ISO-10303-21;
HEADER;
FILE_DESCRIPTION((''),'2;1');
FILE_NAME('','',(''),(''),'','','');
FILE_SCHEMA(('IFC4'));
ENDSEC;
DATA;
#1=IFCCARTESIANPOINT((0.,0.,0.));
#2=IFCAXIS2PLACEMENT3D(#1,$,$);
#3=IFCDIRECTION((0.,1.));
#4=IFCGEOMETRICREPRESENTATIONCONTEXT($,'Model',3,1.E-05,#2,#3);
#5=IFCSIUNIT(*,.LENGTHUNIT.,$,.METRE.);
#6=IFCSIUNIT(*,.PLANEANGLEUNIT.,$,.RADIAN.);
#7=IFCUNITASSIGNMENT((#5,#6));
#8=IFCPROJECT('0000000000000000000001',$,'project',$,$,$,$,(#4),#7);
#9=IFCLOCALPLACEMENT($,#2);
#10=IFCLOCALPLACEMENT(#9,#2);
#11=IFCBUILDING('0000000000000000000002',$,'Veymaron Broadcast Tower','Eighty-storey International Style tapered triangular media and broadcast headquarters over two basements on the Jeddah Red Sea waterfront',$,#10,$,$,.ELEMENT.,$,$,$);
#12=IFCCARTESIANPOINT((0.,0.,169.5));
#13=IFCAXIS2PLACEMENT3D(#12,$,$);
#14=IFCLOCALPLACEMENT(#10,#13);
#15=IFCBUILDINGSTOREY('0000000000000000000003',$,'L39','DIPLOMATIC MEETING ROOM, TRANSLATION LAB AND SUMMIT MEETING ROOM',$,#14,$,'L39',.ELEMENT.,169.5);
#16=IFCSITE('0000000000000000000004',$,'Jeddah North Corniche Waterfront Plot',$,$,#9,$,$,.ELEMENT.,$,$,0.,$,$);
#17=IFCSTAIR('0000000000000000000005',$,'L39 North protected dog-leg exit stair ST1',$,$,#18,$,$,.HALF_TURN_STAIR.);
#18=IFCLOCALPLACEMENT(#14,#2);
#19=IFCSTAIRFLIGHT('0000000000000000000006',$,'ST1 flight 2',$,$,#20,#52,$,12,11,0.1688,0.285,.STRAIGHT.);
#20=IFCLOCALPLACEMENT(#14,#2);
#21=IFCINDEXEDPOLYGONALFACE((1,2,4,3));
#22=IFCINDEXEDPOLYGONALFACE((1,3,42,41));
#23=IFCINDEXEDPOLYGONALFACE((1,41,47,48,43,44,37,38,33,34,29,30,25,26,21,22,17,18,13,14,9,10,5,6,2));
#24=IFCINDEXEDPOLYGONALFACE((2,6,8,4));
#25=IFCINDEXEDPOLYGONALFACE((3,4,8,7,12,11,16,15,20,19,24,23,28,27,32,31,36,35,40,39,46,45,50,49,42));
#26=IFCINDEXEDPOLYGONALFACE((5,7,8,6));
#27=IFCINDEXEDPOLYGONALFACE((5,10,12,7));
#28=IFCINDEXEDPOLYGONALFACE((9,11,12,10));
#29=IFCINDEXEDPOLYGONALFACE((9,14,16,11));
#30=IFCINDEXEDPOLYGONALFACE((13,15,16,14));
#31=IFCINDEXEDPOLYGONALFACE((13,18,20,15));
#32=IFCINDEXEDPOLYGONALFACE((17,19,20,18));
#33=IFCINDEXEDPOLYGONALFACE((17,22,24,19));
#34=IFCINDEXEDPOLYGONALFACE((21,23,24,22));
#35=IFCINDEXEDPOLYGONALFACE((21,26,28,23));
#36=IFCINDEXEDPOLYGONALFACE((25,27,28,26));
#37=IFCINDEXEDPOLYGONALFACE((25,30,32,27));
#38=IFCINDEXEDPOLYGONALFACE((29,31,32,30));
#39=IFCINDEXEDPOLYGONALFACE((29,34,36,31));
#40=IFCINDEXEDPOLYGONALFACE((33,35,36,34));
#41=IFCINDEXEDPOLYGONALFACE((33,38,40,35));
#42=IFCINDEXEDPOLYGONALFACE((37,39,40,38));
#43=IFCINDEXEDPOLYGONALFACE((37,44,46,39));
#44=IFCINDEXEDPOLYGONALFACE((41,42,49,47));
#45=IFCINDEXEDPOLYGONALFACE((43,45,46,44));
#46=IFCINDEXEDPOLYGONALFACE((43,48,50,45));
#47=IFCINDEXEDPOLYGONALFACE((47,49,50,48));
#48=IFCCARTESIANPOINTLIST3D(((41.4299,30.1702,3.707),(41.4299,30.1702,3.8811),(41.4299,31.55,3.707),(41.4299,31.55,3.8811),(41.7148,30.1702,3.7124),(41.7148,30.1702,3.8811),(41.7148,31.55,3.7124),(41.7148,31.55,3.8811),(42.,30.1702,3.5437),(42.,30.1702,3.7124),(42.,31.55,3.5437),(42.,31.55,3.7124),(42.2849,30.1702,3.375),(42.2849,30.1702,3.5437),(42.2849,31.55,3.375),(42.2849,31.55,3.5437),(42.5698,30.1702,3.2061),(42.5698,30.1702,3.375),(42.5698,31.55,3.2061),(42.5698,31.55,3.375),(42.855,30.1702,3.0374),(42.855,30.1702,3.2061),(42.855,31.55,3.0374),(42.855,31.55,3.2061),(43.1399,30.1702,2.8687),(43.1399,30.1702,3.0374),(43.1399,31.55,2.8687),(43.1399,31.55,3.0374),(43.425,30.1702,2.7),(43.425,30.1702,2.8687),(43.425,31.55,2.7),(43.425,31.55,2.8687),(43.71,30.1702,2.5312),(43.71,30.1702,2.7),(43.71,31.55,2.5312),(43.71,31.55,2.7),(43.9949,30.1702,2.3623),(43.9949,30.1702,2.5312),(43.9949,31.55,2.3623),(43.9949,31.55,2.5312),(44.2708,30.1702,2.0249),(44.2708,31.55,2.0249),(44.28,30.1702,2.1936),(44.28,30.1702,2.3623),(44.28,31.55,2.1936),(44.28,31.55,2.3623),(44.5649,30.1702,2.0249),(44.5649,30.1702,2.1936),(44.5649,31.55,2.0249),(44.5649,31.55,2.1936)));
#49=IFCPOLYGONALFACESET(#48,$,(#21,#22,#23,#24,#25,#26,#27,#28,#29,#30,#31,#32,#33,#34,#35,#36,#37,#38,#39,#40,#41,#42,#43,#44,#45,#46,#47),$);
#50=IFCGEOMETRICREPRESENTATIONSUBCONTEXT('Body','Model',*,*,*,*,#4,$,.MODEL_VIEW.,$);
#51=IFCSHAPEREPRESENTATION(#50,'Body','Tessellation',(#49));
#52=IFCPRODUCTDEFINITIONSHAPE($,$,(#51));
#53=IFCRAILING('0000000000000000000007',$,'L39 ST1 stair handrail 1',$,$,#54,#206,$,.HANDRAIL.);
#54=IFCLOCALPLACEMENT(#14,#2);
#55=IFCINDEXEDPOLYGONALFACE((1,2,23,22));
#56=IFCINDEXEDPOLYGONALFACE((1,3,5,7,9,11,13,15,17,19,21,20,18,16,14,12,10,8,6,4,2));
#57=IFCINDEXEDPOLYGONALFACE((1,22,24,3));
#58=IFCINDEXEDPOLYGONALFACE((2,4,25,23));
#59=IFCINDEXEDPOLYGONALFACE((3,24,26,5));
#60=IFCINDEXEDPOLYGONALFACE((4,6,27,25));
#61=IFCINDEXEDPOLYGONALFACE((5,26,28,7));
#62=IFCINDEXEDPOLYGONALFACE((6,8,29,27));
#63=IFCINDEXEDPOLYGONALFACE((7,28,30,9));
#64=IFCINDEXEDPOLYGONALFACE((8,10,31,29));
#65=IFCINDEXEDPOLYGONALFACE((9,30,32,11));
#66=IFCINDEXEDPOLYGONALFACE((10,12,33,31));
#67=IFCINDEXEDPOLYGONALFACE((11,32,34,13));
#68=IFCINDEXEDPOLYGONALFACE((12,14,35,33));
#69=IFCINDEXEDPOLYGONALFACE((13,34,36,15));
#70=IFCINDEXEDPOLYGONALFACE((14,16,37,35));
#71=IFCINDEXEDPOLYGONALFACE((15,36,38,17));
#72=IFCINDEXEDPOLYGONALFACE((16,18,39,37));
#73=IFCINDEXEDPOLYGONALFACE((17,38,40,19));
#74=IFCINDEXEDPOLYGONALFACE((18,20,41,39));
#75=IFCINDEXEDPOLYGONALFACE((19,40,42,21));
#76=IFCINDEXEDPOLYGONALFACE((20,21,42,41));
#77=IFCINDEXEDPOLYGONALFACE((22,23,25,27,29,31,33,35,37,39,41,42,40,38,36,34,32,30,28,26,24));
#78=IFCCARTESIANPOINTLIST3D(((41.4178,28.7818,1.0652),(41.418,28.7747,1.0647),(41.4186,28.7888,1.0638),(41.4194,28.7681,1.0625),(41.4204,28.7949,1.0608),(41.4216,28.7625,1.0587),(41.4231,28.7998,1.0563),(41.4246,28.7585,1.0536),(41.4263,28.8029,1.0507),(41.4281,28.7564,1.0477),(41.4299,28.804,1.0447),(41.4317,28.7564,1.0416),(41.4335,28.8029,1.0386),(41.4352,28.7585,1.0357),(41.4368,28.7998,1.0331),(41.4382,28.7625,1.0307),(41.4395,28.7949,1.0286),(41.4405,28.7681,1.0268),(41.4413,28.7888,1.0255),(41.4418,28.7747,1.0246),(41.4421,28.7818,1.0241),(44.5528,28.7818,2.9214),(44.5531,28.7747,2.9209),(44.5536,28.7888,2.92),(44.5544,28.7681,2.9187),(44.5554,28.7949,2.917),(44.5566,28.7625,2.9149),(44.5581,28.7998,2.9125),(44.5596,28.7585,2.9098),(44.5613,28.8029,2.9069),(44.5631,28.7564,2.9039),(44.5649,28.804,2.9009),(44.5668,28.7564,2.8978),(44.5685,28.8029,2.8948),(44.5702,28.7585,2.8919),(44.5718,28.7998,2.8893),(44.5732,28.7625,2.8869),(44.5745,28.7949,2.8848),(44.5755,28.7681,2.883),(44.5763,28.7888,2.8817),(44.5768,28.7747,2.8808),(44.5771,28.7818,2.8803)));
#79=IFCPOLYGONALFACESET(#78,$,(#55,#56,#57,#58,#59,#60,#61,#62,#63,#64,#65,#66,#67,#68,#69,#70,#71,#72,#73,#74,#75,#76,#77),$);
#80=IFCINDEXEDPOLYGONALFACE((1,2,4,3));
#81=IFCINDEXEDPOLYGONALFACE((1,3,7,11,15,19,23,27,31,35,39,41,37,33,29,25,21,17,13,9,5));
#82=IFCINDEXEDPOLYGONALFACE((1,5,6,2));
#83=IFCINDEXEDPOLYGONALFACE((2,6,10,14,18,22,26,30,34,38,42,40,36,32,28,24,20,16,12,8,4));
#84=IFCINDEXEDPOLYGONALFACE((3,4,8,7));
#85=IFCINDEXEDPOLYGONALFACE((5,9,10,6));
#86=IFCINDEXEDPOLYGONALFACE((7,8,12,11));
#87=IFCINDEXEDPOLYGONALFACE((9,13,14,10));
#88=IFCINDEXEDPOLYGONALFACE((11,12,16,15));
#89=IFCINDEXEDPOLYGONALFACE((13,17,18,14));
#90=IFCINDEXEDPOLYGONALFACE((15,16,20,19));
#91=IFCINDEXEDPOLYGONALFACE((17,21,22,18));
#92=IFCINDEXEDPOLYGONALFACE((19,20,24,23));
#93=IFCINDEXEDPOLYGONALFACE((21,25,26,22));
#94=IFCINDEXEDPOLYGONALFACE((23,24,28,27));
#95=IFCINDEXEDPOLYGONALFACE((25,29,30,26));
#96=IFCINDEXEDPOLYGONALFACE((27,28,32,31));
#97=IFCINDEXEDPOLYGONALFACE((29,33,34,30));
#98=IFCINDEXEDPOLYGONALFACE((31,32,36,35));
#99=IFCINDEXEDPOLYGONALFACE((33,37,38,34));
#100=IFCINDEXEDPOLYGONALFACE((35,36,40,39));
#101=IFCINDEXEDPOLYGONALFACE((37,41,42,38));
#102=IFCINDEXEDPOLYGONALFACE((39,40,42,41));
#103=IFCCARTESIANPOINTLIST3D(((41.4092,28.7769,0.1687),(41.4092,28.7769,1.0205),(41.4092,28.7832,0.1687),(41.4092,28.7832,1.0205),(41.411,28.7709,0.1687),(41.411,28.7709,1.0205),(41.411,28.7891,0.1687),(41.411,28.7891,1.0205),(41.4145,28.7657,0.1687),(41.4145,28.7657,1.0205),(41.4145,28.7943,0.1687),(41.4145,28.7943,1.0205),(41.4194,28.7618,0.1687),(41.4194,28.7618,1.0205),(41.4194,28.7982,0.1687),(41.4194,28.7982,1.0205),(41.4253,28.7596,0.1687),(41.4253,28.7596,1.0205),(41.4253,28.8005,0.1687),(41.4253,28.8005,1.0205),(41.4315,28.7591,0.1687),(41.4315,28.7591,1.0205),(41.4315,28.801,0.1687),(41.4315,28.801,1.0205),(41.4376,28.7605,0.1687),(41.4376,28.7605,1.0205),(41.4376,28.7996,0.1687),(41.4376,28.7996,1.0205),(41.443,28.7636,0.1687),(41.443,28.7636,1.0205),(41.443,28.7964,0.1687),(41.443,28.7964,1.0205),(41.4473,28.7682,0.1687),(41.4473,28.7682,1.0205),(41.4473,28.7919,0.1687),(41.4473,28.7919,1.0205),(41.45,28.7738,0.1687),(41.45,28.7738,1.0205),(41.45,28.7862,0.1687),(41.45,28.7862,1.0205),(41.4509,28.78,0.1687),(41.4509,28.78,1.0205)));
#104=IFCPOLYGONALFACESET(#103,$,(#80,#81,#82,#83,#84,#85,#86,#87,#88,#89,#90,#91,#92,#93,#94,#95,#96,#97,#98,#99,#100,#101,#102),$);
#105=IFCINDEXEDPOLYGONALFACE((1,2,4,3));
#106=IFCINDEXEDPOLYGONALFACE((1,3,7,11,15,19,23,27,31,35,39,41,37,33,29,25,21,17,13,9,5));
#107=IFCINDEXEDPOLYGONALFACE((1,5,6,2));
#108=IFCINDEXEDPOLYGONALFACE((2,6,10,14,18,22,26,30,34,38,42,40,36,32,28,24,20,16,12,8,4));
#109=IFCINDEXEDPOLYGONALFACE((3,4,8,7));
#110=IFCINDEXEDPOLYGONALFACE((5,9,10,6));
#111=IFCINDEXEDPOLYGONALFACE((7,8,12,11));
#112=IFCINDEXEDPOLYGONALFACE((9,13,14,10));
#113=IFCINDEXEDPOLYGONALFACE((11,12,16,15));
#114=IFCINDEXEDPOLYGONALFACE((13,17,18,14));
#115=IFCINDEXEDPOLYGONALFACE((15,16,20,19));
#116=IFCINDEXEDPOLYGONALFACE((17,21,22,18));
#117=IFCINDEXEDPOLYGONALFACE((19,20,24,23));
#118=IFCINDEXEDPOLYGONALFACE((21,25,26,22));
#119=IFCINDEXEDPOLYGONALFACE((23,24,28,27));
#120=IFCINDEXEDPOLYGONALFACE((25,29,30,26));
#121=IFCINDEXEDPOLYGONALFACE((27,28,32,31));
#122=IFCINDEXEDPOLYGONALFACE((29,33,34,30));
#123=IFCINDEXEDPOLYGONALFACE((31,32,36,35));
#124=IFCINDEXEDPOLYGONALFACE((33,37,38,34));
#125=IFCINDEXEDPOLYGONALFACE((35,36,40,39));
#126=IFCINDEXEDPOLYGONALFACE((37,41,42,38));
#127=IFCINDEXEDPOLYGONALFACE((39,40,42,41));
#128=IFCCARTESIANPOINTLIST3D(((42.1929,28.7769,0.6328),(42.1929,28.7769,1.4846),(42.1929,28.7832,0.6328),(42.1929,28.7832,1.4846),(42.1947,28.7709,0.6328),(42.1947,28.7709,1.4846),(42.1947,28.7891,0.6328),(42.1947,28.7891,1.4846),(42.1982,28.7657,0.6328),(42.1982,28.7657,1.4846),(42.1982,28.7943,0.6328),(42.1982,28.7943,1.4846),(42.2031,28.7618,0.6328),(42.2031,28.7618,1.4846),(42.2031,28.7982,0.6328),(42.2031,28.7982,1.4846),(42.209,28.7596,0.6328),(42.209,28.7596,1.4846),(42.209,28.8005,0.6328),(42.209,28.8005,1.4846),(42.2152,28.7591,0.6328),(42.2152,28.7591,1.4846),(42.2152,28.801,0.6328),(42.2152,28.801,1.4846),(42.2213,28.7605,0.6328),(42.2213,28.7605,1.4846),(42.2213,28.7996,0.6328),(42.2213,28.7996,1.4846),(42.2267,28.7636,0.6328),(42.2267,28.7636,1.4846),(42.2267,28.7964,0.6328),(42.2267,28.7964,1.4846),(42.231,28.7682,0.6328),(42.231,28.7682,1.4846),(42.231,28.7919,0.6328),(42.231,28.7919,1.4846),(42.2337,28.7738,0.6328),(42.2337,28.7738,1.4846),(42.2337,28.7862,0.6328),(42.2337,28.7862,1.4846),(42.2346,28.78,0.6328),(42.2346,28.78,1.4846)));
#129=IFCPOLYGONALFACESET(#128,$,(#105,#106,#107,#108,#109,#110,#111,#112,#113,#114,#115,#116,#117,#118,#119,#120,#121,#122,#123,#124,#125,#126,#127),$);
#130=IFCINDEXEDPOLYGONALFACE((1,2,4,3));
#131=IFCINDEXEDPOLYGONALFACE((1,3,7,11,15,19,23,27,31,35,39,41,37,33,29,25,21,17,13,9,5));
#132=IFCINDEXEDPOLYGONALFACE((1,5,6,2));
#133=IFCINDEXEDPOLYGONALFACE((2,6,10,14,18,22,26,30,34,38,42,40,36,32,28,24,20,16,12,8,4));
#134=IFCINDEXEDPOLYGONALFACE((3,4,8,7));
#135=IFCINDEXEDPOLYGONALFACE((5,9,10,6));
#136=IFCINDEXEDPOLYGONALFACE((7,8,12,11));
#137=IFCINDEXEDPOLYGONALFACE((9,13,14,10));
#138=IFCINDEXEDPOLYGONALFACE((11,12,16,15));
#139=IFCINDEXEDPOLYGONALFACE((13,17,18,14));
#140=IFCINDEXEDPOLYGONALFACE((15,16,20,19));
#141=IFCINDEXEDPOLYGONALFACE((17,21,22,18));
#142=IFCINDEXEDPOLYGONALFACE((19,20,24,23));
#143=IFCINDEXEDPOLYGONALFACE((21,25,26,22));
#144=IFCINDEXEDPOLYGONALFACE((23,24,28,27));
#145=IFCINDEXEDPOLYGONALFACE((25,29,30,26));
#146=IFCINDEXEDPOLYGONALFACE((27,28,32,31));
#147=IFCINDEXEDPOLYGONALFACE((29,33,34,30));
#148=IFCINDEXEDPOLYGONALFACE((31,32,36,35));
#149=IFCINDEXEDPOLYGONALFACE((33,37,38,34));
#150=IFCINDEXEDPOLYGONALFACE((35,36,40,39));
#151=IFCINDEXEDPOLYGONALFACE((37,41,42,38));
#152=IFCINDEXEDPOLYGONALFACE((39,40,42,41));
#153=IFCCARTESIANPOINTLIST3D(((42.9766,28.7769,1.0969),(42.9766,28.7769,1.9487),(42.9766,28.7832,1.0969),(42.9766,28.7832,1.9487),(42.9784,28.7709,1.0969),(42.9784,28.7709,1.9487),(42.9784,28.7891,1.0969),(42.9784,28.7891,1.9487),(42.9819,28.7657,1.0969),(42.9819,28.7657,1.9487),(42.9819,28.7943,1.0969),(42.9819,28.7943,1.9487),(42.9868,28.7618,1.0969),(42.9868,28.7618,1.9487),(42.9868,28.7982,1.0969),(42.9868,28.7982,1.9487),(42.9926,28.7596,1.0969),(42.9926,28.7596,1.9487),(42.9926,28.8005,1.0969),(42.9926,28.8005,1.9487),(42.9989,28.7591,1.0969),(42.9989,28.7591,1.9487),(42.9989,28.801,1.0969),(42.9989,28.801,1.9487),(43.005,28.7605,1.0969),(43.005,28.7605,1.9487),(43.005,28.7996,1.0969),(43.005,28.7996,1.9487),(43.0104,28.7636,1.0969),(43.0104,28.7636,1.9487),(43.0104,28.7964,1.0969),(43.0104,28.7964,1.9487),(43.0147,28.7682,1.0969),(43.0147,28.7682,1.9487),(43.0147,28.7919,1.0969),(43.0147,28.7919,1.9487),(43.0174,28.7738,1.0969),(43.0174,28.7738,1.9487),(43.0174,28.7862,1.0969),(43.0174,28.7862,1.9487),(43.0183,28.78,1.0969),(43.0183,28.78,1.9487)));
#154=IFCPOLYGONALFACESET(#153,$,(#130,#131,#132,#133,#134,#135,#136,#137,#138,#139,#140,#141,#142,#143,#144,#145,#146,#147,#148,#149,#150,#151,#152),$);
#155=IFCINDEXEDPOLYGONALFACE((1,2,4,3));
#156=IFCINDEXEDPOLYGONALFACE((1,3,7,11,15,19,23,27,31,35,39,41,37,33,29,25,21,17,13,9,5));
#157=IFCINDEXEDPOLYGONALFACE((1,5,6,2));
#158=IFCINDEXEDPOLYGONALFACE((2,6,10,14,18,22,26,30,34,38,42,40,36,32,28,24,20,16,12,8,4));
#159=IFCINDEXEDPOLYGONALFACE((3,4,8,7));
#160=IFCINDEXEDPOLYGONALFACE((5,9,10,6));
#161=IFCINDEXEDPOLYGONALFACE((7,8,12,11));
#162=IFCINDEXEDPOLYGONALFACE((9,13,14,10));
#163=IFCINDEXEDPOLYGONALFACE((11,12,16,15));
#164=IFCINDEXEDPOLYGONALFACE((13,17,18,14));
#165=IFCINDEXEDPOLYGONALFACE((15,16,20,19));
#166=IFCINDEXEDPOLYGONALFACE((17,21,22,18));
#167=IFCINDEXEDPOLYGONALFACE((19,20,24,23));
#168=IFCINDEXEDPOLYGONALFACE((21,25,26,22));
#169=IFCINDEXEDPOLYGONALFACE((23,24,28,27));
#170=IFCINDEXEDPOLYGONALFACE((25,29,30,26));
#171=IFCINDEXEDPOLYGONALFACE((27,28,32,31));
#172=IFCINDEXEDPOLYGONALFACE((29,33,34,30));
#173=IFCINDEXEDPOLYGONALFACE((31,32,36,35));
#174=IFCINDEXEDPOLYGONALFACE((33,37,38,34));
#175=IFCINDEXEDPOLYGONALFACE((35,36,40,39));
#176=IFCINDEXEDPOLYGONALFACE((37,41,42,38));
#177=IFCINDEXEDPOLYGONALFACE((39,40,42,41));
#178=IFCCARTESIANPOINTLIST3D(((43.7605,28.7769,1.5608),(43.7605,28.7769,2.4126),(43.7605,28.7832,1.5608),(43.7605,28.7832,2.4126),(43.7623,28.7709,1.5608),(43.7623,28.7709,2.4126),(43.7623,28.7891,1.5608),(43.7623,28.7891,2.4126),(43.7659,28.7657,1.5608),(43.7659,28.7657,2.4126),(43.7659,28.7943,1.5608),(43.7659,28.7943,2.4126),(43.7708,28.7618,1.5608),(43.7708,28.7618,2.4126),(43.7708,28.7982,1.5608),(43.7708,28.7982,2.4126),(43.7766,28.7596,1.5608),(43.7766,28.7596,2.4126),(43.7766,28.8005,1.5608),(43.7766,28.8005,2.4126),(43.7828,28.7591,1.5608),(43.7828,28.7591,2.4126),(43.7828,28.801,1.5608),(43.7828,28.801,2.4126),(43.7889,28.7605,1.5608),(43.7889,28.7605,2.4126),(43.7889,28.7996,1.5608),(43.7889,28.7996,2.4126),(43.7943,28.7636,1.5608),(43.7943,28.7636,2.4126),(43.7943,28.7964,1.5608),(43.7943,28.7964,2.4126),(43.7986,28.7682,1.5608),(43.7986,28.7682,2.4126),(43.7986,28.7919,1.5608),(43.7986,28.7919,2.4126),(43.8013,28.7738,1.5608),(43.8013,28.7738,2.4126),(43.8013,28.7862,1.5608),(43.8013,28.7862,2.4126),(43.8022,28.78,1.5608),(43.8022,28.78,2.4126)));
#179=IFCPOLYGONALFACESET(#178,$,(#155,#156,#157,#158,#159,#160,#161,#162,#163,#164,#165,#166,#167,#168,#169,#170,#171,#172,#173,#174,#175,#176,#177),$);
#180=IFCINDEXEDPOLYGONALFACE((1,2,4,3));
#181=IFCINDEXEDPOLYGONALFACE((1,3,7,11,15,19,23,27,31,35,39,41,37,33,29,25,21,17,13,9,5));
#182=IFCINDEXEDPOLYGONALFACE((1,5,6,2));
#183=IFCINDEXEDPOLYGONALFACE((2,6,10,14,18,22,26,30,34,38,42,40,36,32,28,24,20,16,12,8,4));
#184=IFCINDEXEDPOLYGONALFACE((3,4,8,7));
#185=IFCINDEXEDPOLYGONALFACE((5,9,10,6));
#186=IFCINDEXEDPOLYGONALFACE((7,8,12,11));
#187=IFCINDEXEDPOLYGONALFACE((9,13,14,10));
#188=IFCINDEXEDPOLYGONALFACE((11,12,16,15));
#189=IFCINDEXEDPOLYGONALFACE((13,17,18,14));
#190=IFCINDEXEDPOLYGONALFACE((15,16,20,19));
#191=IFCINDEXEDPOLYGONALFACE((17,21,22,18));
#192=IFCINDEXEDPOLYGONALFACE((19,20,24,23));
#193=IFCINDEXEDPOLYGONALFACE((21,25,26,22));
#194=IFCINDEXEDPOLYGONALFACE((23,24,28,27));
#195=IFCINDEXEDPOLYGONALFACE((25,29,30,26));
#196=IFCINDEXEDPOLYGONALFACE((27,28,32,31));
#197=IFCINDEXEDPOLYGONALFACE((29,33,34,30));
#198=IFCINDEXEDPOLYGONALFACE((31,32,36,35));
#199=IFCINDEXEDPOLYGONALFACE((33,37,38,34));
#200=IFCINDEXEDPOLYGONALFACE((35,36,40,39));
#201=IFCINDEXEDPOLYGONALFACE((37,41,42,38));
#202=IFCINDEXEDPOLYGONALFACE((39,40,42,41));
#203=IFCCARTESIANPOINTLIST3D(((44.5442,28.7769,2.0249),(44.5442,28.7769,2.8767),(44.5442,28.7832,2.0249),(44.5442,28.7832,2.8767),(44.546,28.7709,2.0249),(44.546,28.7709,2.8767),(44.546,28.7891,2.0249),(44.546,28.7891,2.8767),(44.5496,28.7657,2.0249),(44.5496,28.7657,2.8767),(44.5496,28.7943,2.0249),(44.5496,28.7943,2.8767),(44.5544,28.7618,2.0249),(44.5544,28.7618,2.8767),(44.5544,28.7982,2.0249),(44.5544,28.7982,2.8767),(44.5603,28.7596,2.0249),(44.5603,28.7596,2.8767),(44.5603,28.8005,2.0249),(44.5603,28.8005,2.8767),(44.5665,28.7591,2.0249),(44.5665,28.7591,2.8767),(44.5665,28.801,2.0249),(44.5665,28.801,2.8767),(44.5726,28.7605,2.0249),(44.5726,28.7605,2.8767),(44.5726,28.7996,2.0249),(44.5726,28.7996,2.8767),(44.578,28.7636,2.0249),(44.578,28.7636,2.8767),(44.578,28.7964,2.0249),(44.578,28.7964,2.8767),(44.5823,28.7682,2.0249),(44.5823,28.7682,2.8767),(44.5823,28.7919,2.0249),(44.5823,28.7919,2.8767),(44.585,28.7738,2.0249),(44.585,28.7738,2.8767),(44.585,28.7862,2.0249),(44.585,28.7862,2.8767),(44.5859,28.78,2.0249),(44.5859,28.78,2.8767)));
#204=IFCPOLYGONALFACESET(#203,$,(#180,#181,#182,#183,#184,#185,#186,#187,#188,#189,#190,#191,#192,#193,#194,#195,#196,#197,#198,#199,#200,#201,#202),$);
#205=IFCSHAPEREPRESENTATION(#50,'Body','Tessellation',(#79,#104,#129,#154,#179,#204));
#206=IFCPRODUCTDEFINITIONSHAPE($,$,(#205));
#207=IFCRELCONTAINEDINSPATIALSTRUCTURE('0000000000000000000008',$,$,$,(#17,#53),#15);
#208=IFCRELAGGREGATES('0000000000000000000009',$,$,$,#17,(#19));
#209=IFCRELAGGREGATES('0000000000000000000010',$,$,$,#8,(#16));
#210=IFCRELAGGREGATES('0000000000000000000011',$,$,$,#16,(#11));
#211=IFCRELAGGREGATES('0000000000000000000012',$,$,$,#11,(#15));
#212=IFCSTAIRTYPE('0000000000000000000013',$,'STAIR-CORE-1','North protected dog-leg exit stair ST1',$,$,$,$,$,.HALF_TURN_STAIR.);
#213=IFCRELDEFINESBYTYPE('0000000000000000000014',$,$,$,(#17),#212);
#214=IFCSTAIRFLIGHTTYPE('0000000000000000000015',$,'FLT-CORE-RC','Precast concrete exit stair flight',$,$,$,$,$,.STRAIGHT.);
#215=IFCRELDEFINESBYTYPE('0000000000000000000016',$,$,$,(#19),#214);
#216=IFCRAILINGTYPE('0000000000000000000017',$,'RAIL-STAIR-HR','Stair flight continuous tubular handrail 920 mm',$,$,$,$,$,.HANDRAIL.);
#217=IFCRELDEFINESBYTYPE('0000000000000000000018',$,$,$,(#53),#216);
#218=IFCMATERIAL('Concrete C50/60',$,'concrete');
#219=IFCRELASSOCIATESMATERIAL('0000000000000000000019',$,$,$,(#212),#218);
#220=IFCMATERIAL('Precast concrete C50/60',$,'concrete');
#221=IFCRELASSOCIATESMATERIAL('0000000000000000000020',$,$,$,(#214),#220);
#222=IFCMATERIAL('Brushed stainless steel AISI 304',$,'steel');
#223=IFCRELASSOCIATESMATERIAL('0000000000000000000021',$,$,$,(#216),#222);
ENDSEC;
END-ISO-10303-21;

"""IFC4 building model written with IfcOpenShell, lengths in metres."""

from ifc_helpers import new_model, si_unit, direction, frame, origin, origin_2d, place, context, subcontext, project, spatial, polyline, circle, outline, extrude, material, type_object, element, aggregate, save


model = new_model("IFC4")

# Units and contexts
model_context = context("Model", 3, precision=1e-05, world=origin(), true_north=direction((0.0, 1.0)))
body_context = subcontext(model_context, "Body", "Model", "MODEL_VIEW")
ifc_project = project(units=[si_unit("LENGTHUNIT", "METRE"), si_unit("PLANEANGLEUNIT", "RADIAN")], contexts=[model_context])

# Site, building, storey
site_placement = place(None, origin())
site = spatial("IfcSite", under=ifc_project, at=site_placement, Name="Jeddah North Corniche Waterfront Plot", CompositionType="ELEMENT", RefElevation=0.0)
building_placement = place(site_placement, origin())
building = spatial("IfcBuilding", under=site, at=building_placement, Name="Veymaron Broadcast Tower", Description="Eighty-storey International Style tapered triangular media and broadcast headquarters over two basements on the Jeddah Red Sea waterfront", CompositionType="ELEMENT")
storey_placement = place(building_placement, frame((0.0, 0.0, 169.5)))
storey = spatial("IfcBuildingStorey", under=building, at=storey_placement, Name="L39", Description="DIPLOMATIC MEETING ROOM, TRANSLATION LAB AND SUMMIT MEETING ROOM", LongName="L39", CompositionType="ELEMENT", Elevation=169.5)

# Shared definitions
ifc_material_1 = material(Name="Brushed stainless steel AISI 304", Category="steel")

# Shared definitions
ifc_material_2 = material(Name="Concrete C50/60", Category="concrete")

# Stair, stair flight
stair_type = type_object("IfcStairType", Name="STAIR-CORE-1", Description="North protected dog-leg exit stair ST1", PredefinedType="HALF_TURN_STAIR", material=ifc_material_2)
stair_placement = place(storey_placement, origin())
stair = element("IfcStair", 1, at=stair_placement, inside=storey, type_object=stair_type, Name="L39 North protected dog-leg exit stair ST1", PredefinedType="HALF_TURN_STAIR")
ifc_material_3 = material(Name="Precast concrete C50/60", Category="concrete")
stair_flight_type = type_object("IfcStairFlightType", Name="FLT-CORE-RC", Description="Precast concrete exit stair flight", PredefinedType="STRAIGHT", material=ifc_material_3)
stair_flight_1_placement = place(storey_placement, frame((44.5649, 30.8601, 2.0249), z_axis=(0.0, 0.0, 1.0), x_axis=(-1.0, 0.0, 0.0)))
stair_flight_1 = element("IfcStairFlight", 2, at=stair_flight_1_placement, type_object=stair_flight_type, Name="ST1 flight 2", NumberOfRisers=12, NumberOfTreads=11, PredefinedType="STRAIGHT", RiserHeight=0.1688, TreadLength=0.285, context=body_context, shape_type="SweptSolid", body=[
    extrude(outline(polyline([(0.0, 0.0), (0.0, 0.1687), (0.2849, 0.1687), (0.2849, 0.3374), (0.5701, 0.3374), (0.5701, 0.5063), (0.855, 0.5063), (0.855, 0.675), (1.1399, 0.675), (1.1399, 0.8438), (1.425, 0.8438), (1.425, 1.0125), (1.71, 1.0125), (1.71, 1.1812), (1.9951, 1.1812), (1.9951, 1.3501), (2.28, 1.3501), (2.28, 1.5188), (2.5649, 1.5188), (2.5649, 1.6875), (2.8501, 1.6875), (2.8501, 1.8562), (3.135, 1.8562), (3.135, 2.0249), (3.135, 1.6821), (0.2942, 0.0), (0.0, 0.0)])), frame((0.0, 0.6899, 0.0), z_axis=(0.0, -1.0, 0.0), x_axis=(1.0, 0.0, 0.0)), (0.0, 0.0, 1.0), 1.3799),
])
aggregate(stair, [stair_flight_1])

# Railing
railing_type_1 = type_object("IfcRailingType", Name="RAIL-STAIR-HR", Description="Stair flight continuous tubular handrail 920 mm", PredefinedType="HANDRAIL", material=ifc_material_1)
railing_1_placement = place(storey_placement, frame((41.4299, 28.78, 0.1687)))
element("IfcRailing", 3, at=railing_1_placement, inside=storey, type_object=railing_type_1, Name="L39 ST1 stair handrail 1", PredefinedType="HANDRAIL", context=body_context, shape_type="SweptSolid", body=[
    extrude(circle(Radius=0.0239, at=origin_2d()), frame((0.0, 0.0, 0.876), z_axis=(0.860482, 0.0, 0.509481), x_axis=(0.0, 1.0, 0.0)), (0.0, 0.0, 1.0), 3.6433),
    extrude(circle(Radius=0.021, at=origin_2d()), origin(), (0.0, 0.0, 1.0), 0.8518),
    extrude(circle(Radius=0.021, at=origin_2d()), frame((0.7837, 0.0, 0.4641)), (0.0, 0.0, 1.0), 0.8518),
    extrude(circle(Radius=0.021, at=origin_2d()), frame((1.5674, 0.0, 0.9282)), (0.0, 0.0, 1.0), 0.8518),
    extrude(circle(Radius=0.021, at=origin_2d()), frame((2.3513, 0.0, 1.3921)), (0.0, 0.0, 1.0), 0.8518),
    extrude(circle(Radius=0.021, at=origin_2d()), frame((3.135, 0.0, 1.8562)), (0.0, 0.0, 1.0), 0.8518),
])

save(model, "model.ifc")
